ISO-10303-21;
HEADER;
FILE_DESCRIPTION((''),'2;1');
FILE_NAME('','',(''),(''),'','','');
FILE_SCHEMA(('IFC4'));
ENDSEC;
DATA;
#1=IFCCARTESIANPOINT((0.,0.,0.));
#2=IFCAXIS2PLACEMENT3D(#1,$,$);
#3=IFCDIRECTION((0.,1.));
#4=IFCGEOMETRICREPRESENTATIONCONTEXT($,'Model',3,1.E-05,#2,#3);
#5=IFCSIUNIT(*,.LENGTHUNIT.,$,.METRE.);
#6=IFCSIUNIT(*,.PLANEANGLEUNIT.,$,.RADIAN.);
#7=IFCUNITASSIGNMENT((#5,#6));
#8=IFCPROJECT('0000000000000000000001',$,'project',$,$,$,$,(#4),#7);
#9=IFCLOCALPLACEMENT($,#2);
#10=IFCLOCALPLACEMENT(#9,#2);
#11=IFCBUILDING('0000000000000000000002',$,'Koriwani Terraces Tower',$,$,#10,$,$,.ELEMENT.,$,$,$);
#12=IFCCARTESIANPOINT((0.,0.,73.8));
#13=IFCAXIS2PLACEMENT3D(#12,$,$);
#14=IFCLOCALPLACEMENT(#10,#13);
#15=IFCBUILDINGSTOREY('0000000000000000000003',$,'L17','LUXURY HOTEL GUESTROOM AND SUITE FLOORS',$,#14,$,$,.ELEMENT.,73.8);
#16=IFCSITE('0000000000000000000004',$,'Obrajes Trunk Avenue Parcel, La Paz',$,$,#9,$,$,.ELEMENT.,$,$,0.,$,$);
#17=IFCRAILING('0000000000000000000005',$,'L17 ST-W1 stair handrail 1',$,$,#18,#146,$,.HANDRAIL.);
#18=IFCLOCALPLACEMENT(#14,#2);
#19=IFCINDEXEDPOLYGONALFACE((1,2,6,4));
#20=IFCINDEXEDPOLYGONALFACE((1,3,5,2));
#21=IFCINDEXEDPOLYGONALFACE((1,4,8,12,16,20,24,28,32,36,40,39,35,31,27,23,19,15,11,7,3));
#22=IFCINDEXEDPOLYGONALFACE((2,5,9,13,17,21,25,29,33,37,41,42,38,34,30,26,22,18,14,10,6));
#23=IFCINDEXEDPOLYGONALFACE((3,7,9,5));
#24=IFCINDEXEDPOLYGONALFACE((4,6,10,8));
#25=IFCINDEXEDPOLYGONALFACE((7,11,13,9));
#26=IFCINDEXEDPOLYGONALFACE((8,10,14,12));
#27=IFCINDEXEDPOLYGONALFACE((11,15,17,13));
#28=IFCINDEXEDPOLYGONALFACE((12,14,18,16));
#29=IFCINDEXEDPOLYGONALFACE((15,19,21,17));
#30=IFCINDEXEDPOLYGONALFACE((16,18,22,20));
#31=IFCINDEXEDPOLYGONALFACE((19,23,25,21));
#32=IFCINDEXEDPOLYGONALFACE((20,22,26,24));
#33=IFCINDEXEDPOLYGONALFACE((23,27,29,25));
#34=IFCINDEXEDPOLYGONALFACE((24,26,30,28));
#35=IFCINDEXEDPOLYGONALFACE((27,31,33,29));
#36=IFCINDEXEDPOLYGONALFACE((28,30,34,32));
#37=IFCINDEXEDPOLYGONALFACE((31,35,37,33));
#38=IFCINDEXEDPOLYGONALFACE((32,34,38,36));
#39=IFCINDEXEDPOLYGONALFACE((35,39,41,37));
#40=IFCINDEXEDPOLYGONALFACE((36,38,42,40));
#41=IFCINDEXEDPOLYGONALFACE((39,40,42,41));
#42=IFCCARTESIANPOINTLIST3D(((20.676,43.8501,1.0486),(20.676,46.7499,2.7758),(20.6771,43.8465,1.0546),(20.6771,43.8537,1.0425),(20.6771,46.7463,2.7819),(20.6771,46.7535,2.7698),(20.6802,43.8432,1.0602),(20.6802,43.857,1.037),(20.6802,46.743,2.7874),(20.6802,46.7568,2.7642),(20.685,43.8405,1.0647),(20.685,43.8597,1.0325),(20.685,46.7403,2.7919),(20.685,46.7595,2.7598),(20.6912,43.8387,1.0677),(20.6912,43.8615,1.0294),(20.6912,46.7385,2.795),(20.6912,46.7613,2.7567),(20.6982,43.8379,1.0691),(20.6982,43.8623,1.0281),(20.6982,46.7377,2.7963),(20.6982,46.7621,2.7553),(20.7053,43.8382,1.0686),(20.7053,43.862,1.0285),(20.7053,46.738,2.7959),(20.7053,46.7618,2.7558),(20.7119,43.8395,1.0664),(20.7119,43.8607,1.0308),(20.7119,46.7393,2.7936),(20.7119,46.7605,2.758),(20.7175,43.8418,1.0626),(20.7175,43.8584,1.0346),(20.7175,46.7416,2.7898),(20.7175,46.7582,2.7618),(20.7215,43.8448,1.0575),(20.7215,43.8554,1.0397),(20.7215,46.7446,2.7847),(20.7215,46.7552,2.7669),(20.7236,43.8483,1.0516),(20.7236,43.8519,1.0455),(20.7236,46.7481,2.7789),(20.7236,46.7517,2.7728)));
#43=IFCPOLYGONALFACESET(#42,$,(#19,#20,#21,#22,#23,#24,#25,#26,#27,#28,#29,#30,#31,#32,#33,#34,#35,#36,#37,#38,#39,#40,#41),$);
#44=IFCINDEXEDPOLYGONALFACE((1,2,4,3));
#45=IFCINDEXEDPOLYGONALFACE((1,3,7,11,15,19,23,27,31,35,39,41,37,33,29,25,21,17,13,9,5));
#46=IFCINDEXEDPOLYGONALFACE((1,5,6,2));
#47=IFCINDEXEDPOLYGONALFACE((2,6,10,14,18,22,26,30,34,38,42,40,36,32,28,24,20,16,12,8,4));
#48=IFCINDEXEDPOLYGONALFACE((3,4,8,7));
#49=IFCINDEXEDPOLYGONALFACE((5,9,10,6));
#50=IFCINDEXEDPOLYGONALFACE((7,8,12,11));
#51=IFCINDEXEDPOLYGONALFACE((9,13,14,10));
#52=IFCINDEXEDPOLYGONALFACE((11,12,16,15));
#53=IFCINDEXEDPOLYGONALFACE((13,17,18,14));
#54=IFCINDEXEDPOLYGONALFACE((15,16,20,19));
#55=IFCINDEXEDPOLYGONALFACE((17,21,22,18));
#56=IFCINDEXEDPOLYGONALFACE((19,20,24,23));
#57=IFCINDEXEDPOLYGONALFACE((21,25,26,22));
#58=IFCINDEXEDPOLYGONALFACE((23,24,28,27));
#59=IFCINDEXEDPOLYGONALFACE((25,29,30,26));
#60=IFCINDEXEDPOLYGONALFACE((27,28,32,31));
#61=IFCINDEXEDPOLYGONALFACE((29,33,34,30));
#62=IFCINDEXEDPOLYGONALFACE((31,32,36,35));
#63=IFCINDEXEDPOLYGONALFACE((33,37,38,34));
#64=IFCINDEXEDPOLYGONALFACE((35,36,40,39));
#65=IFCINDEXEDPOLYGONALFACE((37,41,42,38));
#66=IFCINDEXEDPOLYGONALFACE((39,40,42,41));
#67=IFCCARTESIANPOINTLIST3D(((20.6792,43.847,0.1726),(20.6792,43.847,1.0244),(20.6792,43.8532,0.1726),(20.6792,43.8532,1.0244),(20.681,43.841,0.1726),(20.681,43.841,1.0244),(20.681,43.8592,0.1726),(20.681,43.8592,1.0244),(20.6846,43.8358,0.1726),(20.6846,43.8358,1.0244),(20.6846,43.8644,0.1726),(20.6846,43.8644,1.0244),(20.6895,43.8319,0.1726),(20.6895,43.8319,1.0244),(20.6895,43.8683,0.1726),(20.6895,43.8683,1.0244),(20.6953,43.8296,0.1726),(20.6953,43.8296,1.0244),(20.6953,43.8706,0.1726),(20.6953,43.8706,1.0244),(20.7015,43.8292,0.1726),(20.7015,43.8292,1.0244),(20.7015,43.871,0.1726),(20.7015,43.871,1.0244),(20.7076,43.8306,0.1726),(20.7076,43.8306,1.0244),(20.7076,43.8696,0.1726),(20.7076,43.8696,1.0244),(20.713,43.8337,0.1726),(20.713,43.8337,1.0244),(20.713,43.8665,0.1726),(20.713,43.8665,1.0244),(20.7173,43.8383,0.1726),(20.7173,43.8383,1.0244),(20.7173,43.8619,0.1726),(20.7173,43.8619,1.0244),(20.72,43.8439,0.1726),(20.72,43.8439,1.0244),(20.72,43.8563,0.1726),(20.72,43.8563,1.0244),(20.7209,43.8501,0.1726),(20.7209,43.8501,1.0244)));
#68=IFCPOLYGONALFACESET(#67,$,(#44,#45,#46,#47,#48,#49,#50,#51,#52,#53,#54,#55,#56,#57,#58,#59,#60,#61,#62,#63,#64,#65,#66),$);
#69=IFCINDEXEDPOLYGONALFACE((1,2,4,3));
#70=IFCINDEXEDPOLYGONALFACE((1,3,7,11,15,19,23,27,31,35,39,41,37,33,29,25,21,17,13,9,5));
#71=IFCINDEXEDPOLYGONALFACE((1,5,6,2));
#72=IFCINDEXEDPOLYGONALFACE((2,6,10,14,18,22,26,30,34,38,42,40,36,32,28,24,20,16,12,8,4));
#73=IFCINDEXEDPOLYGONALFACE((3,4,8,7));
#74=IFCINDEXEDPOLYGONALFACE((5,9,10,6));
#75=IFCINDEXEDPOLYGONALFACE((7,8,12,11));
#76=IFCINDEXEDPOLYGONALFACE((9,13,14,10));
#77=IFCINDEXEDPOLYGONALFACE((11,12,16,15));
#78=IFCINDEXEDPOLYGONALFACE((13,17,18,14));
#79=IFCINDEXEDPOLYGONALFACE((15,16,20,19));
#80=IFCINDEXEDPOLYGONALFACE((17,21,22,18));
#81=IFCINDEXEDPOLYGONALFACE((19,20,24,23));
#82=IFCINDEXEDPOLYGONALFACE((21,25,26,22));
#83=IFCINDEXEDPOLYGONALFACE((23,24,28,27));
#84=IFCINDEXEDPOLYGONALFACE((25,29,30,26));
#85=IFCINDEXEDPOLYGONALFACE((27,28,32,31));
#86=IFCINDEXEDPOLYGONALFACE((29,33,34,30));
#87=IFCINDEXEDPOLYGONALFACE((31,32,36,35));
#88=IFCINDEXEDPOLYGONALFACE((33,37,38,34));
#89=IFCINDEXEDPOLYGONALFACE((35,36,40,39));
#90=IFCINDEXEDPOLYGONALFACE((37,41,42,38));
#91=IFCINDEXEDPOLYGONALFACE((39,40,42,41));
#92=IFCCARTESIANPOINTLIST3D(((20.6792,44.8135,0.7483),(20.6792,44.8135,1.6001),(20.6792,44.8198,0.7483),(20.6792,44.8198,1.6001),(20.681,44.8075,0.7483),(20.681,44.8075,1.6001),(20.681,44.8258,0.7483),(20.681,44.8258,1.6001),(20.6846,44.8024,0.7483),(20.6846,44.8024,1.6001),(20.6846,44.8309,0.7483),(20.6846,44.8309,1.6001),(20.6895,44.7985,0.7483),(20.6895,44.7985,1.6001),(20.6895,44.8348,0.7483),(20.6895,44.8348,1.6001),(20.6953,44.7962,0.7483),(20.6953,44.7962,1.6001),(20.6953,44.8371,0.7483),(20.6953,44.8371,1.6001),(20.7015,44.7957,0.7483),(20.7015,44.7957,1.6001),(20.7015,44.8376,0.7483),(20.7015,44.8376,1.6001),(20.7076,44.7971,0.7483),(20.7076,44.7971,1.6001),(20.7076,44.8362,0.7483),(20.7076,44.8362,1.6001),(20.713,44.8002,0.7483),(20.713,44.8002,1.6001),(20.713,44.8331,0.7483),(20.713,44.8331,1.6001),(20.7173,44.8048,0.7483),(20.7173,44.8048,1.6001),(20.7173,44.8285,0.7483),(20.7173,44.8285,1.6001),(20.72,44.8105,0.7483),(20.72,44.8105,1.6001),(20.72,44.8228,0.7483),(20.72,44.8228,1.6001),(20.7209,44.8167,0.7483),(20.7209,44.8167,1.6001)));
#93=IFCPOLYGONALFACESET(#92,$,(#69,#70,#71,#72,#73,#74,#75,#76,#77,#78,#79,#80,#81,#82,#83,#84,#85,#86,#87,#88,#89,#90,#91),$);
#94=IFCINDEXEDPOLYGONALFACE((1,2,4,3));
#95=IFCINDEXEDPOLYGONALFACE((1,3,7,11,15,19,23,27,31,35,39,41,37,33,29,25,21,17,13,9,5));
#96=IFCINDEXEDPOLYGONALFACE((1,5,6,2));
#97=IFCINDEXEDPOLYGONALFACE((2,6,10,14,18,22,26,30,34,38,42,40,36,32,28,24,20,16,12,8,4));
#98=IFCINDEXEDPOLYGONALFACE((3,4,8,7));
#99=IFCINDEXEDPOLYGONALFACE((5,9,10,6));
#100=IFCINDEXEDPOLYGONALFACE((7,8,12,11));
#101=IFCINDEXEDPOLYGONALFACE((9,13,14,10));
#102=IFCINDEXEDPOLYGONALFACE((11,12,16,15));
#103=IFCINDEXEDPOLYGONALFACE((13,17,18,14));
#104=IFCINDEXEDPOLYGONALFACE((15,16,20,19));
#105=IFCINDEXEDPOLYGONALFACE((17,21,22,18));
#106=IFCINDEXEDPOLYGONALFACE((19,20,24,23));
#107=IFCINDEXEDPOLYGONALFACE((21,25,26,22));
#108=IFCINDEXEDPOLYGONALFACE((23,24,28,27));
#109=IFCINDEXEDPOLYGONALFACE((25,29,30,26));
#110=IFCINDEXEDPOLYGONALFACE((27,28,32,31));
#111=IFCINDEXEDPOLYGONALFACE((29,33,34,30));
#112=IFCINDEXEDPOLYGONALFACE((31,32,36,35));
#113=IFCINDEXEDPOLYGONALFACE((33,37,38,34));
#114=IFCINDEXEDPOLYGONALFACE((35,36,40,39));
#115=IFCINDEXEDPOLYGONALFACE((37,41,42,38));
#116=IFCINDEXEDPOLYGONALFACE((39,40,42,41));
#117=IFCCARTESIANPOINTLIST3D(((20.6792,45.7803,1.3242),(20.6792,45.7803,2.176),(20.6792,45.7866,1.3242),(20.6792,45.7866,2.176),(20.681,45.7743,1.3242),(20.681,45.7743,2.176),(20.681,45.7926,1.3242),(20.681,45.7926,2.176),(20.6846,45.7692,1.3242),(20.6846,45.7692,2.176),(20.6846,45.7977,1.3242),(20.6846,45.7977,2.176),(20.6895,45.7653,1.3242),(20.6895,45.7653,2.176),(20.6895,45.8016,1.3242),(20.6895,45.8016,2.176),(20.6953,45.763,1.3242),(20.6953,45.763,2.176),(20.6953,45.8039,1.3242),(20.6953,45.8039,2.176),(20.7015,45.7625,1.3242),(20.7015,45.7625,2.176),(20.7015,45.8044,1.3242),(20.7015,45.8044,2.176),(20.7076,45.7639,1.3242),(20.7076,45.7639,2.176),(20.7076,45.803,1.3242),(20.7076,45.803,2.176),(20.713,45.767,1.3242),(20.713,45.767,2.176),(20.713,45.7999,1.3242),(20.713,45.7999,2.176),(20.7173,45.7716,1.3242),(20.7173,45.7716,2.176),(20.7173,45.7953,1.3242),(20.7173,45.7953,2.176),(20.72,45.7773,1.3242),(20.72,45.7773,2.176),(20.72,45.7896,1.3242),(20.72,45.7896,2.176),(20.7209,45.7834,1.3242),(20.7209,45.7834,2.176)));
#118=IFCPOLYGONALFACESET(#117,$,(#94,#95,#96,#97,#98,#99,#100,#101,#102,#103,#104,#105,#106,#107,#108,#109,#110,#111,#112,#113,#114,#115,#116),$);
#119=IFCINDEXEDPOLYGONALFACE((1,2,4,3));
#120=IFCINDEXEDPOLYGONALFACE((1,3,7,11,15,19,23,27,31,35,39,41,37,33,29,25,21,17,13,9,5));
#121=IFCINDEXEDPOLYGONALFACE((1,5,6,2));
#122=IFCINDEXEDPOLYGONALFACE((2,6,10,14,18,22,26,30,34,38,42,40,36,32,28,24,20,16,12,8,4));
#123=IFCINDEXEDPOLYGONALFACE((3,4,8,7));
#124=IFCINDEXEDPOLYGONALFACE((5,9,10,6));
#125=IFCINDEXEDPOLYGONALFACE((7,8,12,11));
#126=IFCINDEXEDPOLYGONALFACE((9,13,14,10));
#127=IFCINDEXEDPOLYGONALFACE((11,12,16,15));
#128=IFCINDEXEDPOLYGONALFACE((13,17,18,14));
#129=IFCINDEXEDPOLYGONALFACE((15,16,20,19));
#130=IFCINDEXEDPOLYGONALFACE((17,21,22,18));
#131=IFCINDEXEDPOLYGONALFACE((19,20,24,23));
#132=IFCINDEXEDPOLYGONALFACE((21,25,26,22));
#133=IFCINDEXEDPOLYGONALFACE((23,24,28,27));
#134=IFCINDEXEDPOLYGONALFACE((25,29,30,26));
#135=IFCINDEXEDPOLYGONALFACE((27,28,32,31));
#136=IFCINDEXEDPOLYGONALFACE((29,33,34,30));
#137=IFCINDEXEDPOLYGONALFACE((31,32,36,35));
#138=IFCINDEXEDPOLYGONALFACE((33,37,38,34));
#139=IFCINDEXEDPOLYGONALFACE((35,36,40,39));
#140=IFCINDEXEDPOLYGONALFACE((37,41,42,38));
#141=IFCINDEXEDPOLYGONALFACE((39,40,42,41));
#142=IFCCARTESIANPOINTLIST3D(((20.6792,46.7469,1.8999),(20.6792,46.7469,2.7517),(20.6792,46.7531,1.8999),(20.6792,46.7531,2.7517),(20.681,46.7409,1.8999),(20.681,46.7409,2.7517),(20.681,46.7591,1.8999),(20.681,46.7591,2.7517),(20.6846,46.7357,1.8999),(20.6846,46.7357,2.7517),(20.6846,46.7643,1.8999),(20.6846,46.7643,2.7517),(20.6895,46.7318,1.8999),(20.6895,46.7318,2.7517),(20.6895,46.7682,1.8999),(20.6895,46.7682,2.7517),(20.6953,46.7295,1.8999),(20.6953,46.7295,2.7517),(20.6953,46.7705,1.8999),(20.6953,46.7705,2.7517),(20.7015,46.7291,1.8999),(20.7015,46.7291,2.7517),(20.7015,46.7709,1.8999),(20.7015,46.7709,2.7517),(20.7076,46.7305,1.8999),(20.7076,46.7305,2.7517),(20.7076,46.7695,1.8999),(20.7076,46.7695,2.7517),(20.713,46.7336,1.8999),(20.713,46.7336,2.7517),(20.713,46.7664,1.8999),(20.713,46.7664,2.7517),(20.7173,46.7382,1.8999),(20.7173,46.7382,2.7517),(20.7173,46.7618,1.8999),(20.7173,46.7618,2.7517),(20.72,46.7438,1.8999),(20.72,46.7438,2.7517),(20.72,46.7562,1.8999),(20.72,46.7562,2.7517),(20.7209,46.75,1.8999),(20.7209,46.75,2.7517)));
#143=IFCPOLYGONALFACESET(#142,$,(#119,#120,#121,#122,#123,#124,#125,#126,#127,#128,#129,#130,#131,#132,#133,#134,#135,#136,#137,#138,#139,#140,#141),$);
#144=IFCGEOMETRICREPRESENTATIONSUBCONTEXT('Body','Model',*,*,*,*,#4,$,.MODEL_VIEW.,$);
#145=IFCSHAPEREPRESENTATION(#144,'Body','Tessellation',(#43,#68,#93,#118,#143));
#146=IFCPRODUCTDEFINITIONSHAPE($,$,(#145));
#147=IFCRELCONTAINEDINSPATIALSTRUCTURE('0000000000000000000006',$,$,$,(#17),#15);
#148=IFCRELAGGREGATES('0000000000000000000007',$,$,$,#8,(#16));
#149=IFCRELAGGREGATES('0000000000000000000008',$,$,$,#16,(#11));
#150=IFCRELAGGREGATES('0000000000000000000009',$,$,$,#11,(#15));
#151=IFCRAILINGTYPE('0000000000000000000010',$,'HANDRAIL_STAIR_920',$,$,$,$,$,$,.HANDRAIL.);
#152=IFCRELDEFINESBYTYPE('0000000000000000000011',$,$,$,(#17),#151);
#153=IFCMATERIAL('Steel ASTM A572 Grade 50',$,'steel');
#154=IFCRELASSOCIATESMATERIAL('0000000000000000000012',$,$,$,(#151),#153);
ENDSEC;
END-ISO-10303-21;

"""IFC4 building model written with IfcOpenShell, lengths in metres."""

from ifc_helpers import new_model, si_unit, direction, frame, origin, origin_2d, place, context, subcontext, project, spatial, circle, extrude, material, type_object, element, save


model = new_model("IFC4")

# Units and contexts
model_context = context("Model", 3, precision=1e-05, world=origin(), true_north=direction((0.0, 1.0)))
body_context = subcontext(model_context, "Body", "Model", "MODEL_VIEW")
ifc_project = project(units=[si_unit("LENGTHUNIT", "METRE"), si_unit("PLANEANGLEUNIT", "RADIAN")], contexts=[model_context])

# Site, building, storey
site_placement = place(None, origin())
site = spatial("IfcSite", under=ifc_project, at=site_placement, Name="Obrajes Trunk Avenue Parcel, La Paz", CompositionType="ELEMENT", RefElevation=0.0)
building_placement = place(site_placement, origin())
building = spatial("IfcBuilding", under=site, at=building_placement, Name="Koriwani Terraces Tower", CompositionType="ELEMENT")
storey_placement = place(building_placement, frame((0.0, 0.0, 73.8)))
storey = spatial("IfcBuildingStorey", under=building, at=storey_placement, Name="L17", Description="LUXURY HOTEL GUESTROOM AND SUITE FLOORS", CompositionType="ELEMENT", Elevation=73.8)

# Shared definitions
ifc_material_1 = material(Name="Steel ASTM A572 Grade 50", Category="steel")

# Railing
railing_type_1 = type_object("IfcRailingType", Name="HANDRAIL_STAIR_920", PredefinedType="HANDRAIL", material=ifc_material_1)
railing_1_placement = place(storey_placement, frame((20.7, 43.8501, 0.1726)))
element("IfcRailing", 1, at=railing_1_placement, inside=storey, type_object=railing_type_1, Name="L17 ST-W1 stair handrail 1", PredefinedType="HANDRAIL", context=body_context, shape_type="SweptSolid", body=[
    extrude(circle(Radius=0.0239, at=origin_2d()), frame((0.0, 0.0, 0.876), z_axis=(0.0, 0.859141, 0.511738), x_axis=(-1.0, 0.0, 0.0)), (0.0, 0.0, 1.0), 3.3752),
    extrude(circle(Radius=0.021, at=origin_2d()), origin(), (0.0, 0.0, 1.0), 0.8518),
    extrude(circle(Radius=0.021, at=origin_2d()), frame((0.0, 0.9666, 0.5757)), (0.0, 0.0, 1.0), 0.8518),
    extrude(circle(Radius=0.021, at=origin_2d()), frame((0.0, 1.9333, 1.1516)), (0.0, 0.0, 1.0), 0.8518),
    extrude(circle(Radius=0.021, at=origin_2d()), frame((0.0, 2.8999, 1.7273)), (0.0, 0.0, 1.0), 0.8518),
])

save(model, "model.ifc")
